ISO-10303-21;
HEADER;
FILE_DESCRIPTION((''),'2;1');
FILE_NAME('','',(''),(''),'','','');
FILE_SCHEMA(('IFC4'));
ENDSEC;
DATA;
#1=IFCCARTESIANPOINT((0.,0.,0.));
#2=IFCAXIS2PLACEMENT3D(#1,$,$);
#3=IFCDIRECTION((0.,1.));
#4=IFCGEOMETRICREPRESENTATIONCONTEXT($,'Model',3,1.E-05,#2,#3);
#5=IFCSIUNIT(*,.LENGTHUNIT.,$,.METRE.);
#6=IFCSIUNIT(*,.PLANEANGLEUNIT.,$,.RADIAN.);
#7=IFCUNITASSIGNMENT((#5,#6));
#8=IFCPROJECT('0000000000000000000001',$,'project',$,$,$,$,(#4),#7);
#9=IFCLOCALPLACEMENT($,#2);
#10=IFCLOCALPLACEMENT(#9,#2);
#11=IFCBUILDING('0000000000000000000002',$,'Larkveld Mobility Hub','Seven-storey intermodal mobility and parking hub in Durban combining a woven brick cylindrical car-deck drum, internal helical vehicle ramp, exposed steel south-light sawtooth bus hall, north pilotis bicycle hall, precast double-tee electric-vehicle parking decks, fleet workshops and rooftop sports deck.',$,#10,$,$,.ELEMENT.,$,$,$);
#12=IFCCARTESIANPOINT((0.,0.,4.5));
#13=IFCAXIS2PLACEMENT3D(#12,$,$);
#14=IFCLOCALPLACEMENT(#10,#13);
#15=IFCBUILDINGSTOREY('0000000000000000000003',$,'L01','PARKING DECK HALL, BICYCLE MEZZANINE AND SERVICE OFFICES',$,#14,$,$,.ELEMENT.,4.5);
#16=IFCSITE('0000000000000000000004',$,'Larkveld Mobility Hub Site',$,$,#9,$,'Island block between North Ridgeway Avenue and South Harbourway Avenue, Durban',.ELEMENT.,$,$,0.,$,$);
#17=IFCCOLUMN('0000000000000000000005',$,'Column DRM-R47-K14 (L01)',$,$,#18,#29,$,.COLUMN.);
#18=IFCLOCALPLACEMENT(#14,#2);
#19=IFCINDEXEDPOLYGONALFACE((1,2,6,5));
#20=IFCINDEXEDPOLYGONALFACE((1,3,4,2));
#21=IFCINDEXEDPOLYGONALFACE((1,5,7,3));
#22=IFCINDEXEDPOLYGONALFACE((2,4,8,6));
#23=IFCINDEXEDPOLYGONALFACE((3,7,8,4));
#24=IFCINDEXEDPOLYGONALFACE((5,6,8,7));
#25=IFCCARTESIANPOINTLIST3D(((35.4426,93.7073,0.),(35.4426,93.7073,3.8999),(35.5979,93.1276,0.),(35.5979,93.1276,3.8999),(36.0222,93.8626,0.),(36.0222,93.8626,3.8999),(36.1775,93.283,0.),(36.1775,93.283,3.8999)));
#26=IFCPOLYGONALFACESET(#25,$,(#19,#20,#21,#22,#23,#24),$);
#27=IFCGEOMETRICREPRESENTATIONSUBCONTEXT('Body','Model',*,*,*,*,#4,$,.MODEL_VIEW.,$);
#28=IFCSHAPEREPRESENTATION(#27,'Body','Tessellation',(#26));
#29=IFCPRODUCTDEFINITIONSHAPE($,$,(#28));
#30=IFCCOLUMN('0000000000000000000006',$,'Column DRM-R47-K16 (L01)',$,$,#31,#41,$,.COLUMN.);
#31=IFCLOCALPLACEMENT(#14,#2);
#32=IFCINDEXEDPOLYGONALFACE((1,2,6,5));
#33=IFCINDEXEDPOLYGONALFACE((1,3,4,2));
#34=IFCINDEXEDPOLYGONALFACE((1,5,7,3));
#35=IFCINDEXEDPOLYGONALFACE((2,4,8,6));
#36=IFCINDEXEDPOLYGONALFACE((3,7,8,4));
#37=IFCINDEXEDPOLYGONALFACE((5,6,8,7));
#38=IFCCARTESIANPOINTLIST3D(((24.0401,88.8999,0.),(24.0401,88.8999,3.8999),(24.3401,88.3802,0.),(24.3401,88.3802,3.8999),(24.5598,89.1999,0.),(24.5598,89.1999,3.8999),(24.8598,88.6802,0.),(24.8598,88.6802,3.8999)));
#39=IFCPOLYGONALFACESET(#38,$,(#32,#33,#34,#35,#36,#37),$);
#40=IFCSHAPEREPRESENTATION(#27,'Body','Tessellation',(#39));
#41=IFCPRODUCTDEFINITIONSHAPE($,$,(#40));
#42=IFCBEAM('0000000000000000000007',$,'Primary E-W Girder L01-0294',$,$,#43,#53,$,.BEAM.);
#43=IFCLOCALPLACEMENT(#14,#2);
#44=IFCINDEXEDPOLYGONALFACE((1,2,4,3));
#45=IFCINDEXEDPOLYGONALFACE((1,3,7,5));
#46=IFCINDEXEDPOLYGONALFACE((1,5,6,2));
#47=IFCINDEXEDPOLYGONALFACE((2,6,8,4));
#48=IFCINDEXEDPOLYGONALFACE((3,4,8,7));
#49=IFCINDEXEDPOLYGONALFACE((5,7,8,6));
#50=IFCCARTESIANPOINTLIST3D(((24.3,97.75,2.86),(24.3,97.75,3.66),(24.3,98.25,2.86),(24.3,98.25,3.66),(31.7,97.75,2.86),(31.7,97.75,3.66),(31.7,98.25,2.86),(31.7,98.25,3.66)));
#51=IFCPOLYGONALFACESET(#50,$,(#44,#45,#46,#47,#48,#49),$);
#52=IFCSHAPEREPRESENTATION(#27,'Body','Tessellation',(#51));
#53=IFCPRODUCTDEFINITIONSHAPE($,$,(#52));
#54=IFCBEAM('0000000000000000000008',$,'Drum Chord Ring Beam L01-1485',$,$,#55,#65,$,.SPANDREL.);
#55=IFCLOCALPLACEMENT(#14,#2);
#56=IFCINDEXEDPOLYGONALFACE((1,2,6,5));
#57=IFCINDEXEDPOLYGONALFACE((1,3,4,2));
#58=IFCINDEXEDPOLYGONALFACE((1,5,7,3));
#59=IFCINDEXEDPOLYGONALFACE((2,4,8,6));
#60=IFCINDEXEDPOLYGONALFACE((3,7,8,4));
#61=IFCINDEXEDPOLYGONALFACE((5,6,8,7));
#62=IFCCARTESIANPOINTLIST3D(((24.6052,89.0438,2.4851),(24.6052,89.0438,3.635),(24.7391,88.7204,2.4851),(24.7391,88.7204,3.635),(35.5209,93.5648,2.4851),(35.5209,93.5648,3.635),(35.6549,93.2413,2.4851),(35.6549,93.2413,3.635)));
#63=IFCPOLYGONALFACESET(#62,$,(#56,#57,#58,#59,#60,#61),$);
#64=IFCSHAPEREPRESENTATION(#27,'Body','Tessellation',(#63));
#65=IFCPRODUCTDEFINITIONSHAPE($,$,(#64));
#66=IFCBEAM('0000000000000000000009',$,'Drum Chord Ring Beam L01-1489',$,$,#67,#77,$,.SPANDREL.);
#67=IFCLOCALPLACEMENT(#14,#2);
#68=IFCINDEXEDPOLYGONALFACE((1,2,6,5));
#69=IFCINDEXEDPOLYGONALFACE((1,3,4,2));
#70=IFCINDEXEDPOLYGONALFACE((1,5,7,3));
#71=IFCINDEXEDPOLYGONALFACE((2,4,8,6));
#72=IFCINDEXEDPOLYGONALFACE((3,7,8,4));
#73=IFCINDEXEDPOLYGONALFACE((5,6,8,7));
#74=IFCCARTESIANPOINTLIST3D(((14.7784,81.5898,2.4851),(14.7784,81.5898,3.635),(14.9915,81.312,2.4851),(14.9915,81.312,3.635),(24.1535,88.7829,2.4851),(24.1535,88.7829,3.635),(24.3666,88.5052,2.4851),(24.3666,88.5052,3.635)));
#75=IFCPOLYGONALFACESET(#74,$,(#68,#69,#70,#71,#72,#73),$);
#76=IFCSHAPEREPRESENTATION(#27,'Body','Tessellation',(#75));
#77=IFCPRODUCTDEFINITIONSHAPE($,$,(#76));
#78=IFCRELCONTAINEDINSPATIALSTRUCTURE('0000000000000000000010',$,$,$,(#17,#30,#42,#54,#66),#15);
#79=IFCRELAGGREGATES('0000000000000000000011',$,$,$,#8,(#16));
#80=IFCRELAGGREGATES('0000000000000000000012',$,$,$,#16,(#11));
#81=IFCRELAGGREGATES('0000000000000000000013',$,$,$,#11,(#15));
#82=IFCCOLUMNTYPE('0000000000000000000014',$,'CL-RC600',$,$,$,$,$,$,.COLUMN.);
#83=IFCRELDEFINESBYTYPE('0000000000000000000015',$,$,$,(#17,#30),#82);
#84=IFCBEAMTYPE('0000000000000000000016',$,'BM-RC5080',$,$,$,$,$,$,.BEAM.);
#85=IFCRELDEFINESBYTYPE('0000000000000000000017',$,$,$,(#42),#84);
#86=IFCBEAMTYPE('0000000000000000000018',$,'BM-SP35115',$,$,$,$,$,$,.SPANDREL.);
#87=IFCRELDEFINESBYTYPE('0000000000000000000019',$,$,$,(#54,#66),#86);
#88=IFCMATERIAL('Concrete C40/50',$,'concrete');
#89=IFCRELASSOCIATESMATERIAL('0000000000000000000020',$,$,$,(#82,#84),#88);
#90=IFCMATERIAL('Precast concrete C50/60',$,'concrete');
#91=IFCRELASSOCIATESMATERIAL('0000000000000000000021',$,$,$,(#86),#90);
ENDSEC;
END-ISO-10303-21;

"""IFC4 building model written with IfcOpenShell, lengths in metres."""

from ifc_helpers import new_model, si_unit, direction, frame, origin, origin_2d, place, context, subcontext, project, spatial, rectangle, extrude, material, material_profile, profile_set, type_object, element, save


model = new_model("IFC4")

# Units and contexts
model_context = context("Model", 3, precision=1e-05, world=origin(), true_north=direction((0.0, 1.0)))
body_context = subcontext(model_context, "Body", "Model", "MODEL_VIEW")
ifc_project = project(units=[si_unit("LENGTHUNIT", "METRE"), si_unit("PLANEANGLEUNIT", "RADIAN")], contexts=[model_context])

# Site, building, storey
site_placement = place(None, origin())
site = spatial("IfcSite", under=ifc_project, at=site_placement, Name="Larkveld Mobility Hub Site", LongName="Island block between North Ridgeway Avenue and South Harbourway Avenue, Durban", CompositionType="ELEMENT", RefElevation=0.0)
building_placement = place(site_placement, origin())
building = spatial("IfcBuilding", under=site, at=building_placement, Name="Larkveld Mobility Hub", Description="Seven-storey intermodal mobility and parking hub in Durban combining a woven brick cylindrical car-deck drum, internal helical vehicle ramp, exposed steel south-light sawtooth bus hall, north pilotis bicycle hall, precast double-tee electric-vehicle parking decks, fleet workshops and rooftop sports deck.", CompositionType="ELEMENT")
storey_placement = place(building_placement, frame((0.0, 0.0, 4.5)))
storey = spatial("IfcBuildingStorey", under=building, at=storey_placement, Name="L01", Description="PARKING DECK HALL, BICYCLE MEZZANINE AND SERVICE OFFICES", CompositionType="ELEMENT", Elevation=4.5)

# Columns
ifc_material_1 = material(Name="Concrete C40/50", Category="concrete")
ifc_material_profile_1 = material_profile(ifc_material_1, rectangle(XDim=0.6001, YDim=0.6001, at=origin_2d()), Name="RC COL 600x600")
ifc_profile_set_1 = profile_set([ifc_material_profile_1], Name="Concrete C40/50")
column_type = type_object("IfcColumnType", Name="CL-RC600", PredefinedType="COLUMN", material=ifc_profile_set_1)
for number, where, z_axis, x_axis, name in (
    (1, (35.8101, 93.4951, 0.0), (0.0, 0.0, 1.0), (-0.258819, 0.965926, 0.0), "Column DRM-R47-K14 (L01)"),
    (2, (24.45, 88.79, 0.0), (0.0, 0.0, 1.0), (-0.5, 0.866025, 0.0), "Column DRM-R47-K16 (L01)"),
):
    element("IfcColumn", number, at=place(storey_placement, frame(where, z_axis=z_axis, x_axis=x_axis)), inside=storey, type_object=column_type, Name=name, PredefinedType="COLUMN", context=body_context, shape_type="SweptSolid", body=[
        extrude(rectangle(XDim=0.6001, YDim=0.6001, at=origin_2d()), origin(), (0.0, 0.0, 1.0), 3.8999),
    ])

# Beams
ifc_material_profile_2 = material_profile(ifc_material_1, rectangle(XDim=0.5, YDim=0.8, at=origin_2d()), Name="RC BM 500x800")
ifc_profile_set_2 = profile_set([ifc_material_profile_2], Name="Concrete C40/50")
beam_type_1 = type_object("IfcBeamType", Name="BM-RC5080", PredefinedType="BEAM", material=ifc_profile_set_2)
beam_1_placement = place(storey_placement, frame((24.3, 98.0, 3.26), z_axis=(1.0, 0.0, 0.0), x_axis=(0.0, 1.0, 0.0)))
element("IfcBeam", 3, at=beam_1_placement, inside=storey, type_object=beam_type_1, Name="Primary E-W Girder L01-0294", PredefinedType="BEAM", context=body_context, shape_type="SweptSolid", body=[
    extrude(rectangle(XDim=0.5, YDim=0.8, at=origin_2d()), origin(), (0.0, 0.0, 1.0), 7.3999),
])
ifc_material_2 = material(Name="Precast concrete C50/60", Category="concrete")
ifc_material_profile_3 = material_profile(ifc_material_2, rectangle(XDim=0.3501, YDim=1.1499, at=origin_2d()), Name="PC SP 350x1150")
ifc_profile_set_3 = profile_set([ifc_material_profile_3], Name="Precast concrete C50/60")
beam_type_2 = type_object("IfcBeamType", Name="BM-SP35115", PredefinedType="SPANDREL", material=ifc_profile_set_3)
beam_2_placement = place(storey_placement, frame((35.5879, 93.4031, 3.0601), z_axis=(-0.923893, -0.38265, 0.0), x_axis=(0.38265, -0.923893, 0.0)))
element("IfcBeam", 4, at=beam_2_placement, inside=storey, type_object=beam_type_2, Name="Drum Chord Ring Beam L01-1485", PredefinedType="SPANDREL", context=body_context, shape_type="SweptSolid", body=[
    extrude(rectangle(XDim=0.3501, YDim=1.1499, at=origin_2d()), origin(), (0.0, 0.0, 1.0), 11.8149),
])
beam_3_placement = place(storey_placement, frame((24.26, 88.644, 3.0601), z_axis=(-0.793377, -0.608731, 0.0), x_axis=(0.608731, -0.793377, 0.0)))
element("IfcBeam", 5, at=beam_3_placement, inside=storey, type_object=beam_type_2, Name="Drum Chord Ring Beam L01-1489", PredefinedType="SPANDREL", context=body_context, shape_type="SweptSolid", body=[
    extrude(rectangle(XDim=0.3501, YDim=1.1499, at=origin_2d()), origin(), (0.0, 0.0, 1.0), 11.8167),
])

save(model, "model.ifc")
